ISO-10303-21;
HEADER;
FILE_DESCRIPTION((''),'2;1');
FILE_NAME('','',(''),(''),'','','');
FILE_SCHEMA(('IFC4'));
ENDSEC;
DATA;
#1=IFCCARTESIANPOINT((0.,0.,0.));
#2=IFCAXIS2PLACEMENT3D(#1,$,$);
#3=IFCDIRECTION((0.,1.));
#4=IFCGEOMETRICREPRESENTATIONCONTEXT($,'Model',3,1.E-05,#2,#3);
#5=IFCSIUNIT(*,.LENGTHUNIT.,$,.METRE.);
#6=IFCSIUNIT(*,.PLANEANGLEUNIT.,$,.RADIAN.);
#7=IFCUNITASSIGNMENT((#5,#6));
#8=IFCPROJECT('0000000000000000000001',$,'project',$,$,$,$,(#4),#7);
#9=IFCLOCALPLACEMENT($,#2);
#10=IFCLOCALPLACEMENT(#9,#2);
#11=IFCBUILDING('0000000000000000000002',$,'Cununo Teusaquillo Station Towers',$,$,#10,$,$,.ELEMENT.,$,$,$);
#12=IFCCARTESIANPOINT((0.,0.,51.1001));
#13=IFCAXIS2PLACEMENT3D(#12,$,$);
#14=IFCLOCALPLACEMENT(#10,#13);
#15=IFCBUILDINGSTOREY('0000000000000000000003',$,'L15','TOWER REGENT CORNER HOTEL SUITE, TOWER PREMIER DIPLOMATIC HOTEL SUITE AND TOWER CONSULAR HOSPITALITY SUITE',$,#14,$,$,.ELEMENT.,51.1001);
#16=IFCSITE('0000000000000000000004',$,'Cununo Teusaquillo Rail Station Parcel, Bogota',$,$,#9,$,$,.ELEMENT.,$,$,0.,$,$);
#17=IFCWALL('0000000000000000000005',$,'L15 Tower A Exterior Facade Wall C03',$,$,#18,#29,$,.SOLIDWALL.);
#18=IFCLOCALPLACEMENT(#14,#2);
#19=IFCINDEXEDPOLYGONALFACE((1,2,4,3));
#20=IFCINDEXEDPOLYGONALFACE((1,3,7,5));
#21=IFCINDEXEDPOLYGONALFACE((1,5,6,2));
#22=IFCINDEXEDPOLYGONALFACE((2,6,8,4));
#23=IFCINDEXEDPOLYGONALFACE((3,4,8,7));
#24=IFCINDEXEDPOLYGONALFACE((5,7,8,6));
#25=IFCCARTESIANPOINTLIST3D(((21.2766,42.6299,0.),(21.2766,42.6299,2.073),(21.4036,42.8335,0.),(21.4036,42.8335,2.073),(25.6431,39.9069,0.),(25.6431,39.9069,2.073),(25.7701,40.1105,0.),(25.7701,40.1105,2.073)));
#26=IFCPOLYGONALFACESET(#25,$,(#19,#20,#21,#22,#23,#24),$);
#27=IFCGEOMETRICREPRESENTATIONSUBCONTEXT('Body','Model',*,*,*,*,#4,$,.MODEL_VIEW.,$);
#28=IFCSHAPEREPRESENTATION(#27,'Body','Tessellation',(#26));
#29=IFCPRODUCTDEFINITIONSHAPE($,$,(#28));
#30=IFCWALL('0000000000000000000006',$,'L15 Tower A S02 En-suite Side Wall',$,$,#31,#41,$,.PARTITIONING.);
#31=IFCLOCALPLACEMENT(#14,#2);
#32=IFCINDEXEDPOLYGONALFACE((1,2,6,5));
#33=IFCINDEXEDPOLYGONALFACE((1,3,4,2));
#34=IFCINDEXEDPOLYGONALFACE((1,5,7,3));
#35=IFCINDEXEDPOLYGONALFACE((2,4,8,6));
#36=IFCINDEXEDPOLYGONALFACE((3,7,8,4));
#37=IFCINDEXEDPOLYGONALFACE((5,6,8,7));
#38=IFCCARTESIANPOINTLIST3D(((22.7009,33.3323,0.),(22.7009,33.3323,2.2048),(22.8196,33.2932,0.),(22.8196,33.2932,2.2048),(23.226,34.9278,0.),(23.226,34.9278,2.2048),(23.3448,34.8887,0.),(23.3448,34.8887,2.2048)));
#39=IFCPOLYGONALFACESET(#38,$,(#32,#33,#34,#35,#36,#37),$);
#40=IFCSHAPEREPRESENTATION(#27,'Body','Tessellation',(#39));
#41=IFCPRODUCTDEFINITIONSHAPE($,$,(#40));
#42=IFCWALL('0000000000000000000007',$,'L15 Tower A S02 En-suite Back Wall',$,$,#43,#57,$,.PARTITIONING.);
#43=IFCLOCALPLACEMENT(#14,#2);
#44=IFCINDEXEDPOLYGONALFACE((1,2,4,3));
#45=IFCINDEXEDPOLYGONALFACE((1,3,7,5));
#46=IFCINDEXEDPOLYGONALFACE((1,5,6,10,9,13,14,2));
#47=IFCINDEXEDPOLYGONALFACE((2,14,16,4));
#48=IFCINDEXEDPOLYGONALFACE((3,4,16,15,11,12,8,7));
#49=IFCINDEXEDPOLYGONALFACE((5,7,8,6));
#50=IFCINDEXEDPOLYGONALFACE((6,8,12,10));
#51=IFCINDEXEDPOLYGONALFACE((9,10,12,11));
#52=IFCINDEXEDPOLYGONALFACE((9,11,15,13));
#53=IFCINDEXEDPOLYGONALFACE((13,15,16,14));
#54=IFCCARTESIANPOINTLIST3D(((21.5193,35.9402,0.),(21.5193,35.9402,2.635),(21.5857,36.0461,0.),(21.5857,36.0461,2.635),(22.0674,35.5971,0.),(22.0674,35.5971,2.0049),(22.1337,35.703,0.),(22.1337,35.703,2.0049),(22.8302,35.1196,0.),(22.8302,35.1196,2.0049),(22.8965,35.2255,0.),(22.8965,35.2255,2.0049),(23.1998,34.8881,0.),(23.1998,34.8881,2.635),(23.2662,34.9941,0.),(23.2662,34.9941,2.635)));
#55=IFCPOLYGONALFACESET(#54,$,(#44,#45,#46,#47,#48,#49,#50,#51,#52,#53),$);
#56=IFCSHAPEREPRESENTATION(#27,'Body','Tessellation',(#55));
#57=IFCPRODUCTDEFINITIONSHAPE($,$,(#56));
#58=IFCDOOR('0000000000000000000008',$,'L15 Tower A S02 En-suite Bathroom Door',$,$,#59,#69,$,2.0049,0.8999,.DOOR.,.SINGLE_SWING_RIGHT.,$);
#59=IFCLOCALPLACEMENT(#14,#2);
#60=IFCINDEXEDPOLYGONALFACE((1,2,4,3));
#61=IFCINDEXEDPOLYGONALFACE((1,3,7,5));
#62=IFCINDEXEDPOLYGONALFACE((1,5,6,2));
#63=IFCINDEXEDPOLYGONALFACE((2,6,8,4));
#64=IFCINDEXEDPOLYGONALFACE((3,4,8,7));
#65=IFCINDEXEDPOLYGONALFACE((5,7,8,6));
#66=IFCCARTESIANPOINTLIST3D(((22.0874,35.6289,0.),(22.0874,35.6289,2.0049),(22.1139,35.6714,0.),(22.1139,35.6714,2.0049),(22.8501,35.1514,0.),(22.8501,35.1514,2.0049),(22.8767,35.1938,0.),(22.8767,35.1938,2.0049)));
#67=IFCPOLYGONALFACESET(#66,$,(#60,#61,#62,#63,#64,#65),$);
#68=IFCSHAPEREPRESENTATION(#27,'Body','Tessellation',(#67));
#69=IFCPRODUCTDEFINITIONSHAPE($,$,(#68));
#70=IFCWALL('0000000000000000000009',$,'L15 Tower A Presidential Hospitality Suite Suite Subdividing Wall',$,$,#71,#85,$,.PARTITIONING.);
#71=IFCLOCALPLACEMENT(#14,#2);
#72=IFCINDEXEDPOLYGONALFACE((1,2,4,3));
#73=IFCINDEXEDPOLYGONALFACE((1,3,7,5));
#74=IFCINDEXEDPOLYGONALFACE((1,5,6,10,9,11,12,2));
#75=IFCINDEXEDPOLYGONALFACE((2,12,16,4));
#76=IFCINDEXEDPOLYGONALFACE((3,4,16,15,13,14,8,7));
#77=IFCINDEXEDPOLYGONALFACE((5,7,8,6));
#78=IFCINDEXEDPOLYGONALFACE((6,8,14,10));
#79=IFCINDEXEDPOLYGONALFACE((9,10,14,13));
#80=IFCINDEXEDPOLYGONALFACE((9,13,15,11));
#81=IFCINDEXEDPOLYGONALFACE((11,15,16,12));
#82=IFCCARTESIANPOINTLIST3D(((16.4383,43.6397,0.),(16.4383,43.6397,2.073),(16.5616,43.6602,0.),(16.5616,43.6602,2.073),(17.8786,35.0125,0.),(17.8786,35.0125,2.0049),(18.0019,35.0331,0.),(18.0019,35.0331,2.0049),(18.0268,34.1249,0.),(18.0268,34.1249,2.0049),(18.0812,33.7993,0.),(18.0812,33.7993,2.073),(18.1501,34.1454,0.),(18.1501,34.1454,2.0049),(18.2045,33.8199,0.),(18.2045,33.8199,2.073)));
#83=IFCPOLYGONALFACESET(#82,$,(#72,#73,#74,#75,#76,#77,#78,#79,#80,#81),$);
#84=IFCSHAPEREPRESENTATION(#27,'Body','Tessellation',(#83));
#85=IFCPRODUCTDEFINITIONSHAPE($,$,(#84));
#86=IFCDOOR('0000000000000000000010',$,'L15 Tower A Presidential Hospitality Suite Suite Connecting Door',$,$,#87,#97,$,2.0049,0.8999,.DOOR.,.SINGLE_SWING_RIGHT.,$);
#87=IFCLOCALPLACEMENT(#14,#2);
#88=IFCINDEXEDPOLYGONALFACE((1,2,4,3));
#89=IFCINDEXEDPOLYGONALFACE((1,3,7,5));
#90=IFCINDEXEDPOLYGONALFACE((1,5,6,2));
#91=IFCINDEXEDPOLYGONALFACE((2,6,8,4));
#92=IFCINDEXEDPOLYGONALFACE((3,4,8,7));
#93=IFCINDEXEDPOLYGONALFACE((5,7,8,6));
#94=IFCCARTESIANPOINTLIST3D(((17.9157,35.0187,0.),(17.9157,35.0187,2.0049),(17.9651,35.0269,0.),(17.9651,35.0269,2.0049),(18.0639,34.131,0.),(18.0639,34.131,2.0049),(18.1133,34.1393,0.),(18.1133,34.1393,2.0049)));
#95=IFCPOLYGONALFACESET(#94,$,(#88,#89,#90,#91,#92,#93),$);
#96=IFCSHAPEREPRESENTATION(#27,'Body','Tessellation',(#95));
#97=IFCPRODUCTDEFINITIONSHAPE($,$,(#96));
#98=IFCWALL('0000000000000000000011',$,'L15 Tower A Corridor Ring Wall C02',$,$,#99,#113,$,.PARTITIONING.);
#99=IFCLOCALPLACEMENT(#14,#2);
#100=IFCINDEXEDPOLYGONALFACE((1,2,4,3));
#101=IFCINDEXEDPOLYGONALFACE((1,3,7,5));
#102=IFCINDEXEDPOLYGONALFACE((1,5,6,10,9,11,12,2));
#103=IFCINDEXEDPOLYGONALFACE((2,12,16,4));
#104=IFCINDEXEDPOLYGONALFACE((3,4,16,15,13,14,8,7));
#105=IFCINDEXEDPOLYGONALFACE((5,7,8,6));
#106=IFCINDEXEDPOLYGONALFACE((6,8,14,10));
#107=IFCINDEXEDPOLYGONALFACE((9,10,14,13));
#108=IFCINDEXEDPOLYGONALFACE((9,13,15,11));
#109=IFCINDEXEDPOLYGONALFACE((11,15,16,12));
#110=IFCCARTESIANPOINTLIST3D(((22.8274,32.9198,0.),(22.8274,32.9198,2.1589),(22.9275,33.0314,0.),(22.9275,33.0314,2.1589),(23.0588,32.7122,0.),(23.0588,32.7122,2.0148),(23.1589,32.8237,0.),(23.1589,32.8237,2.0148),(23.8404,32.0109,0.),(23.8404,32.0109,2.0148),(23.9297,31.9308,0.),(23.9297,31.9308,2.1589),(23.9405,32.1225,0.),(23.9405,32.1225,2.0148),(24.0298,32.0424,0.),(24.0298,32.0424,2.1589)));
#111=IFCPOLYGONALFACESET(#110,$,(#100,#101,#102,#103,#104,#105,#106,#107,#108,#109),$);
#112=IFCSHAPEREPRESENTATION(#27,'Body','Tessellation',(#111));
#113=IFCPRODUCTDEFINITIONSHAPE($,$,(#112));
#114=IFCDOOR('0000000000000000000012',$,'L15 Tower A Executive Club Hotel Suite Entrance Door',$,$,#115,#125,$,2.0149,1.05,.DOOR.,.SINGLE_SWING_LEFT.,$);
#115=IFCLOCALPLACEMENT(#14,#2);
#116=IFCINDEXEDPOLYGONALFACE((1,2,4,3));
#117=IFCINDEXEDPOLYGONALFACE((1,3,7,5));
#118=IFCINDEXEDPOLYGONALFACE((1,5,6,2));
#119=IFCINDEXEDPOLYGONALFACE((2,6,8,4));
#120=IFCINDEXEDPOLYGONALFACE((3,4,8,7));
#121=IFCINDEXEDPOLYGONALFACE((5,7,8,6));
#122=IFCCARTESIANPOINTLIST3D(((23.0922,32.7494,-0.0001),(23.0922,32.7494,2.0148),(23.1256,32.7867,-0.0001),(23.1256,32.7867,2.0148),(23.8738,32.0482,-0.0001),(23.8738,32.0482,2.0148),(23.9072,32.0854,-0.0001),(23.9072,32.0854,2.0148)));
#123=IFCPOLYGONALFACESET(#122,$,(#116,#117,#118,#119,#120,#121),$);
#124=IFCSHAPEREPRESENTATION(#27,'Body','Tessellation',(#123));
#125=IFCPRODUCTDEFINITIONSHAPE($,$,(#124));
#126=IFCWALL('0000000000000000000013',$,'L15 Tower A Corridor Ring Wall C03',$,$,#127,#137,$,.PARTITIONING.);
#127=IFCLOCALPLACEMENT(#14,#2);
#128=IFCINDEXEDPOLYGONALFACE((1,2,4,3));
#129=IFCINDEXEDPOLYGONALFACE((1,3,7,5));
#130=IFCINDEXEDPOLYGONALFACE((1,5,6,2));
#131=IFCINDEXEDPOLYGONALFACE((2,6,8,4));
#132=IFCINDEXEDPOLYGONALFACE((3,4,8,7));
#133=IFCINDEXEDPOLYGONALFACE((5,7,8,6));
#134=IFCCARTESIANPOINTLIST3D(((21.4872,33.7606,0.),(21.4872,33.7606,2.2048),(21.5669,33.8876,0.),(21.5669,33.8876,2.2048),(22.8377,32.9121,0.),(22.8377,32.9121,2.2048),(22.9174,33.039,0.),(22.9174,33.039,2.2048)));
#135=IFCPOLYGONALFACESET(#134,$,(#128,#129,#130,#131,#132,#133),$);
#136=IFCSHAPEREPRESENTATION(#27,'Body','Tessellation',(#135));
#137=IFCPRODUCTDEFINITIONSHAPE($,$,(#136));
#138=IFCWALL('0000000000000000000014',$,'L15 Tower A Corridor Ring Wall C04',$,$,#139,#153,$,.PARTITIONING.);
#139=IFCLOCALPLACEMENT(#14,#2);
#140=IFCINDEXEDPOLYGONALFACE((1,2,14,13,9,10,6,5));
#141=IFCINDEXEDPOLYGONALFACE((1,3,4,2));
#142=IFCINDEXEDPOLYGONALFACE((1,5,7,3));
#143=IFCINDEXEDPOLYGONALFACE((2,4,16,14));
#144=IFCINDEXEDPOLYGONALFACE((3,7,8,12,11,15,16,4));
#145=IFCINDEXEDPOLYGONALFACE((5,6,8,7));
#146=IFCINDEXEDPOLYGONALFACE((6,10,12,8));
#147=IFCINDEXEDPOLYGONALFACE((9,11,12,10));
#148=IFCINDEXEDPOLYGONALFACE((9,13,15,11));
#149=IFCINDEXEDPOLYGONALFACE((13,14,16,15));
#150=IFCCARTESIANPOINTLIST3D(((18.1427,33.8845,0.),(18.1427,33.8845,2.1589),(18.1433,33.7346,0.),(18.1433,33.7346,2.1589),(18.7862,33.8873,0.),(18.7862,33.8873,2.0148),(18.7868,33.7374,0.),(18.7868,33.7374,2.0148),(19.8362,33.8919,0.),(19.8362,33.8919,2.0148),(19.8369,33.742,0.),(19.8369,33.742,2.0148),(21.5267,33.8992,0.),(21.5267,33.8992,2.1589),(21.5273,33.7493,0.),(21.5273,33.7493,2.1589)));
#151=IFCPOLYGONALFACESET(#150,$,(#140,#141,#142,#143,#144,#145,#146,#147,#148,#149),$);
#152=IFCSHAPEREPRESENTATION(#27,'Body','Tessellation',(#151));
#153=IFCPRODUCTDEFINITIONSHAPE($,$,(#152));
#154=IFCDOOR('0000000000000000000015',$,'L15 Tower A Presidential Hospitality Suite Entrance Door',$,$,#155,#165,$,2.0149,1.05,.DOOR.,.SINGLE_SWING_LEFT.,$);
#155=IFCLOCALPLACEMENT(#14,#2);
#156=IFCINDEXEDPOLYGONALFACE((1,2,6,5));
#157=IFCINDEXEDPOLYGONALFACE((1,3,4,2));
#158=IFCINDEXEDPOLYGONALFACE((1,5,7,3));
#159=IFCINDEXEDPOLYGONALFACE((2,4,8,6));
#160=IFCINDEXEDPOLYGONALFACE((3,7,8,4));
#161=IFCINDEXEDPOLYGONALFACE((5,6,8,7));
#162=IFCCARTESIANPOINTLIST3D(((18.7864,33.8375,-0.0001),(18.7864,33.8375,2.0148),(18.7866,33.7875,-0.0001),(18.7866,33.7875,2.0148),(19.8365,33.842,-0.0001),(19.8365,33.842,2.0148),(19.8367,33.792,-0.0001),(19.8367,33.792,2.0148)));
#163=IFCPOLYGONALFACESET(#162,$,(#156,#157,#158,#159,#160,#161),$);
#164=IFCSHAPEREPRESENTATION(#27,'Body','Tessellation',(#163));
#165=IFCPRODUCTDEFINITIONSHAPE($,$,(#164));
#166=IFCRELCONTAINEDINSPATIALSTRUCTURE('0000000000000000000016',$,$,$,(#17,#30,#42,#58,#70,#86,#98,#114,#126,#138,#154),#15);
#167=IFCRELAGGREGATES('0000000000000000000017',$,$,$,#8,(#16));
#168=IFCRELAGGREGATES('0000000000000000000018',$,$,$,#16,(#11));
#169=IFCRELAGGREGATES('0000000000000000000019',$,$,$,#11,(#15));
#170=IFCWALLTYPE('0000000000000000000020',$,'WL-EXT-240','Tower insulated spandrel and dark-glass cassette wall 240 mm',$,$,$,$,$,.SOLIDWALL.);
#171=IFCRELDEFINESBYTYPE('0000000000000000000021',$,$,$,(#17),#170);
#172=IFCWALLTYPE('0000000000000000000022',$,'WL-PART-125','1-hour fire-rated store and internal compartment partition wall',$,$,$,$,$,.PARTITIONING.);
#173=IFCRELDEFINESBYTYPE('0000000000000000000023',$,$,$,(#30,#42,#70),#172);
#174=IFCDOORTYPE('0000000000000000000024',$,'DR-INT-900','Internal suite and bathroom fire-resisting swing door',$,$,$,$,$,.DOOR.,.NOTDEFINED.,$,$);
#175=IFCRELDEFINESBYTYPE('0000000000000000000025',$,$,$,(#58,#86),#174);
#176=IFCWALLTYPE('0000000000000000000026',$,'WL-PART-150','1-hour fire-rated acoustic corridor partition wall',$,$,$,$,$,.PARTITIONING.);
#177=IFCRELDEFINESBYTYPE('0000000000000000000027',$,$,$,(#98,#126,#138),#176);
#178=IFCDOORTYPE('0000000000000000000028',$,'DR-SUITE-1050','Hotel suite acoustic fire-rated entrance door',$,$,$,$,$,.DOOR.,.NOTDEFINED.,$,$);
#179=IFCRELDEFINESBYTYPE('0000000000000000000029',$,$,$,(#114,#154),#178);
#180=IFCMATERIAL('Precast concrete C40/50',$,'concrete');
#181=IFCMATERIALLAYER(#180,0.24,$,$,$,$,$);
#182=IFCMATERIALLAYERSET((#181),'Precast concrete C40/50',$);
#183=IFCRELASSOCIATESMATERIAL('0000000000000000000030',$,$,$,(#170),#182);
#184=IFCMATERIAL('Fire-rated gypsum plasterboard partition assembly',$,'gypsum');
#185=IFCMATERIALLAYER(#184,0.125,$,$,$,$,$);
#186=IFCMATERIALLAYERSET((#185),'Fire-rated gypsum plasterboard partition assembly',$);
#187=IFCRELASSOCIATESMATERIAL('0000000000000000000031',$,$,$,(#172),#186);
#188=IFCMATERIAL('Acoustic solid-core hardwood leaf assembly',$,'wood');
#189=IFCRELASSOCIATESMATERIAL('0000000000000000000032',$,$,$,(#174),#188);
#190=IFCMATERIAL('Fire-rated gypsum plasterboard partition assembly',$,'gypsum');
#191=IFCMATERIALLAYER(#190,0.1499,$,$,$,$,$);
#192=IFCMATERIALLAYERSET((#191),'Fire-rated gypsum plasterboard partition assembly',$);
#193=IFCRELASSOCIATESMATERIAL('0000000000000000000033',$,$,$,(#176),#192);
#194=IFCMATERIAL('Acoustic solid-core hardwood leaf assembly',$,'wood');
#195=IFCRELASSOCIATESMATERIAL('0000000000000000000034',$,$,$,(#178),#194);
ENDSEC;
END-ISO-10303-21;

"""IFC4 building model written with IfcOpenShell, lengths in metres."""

from ifc_helpers import new_model, si_unit, direction, frame, frame_2d, origin, place, context, subcontext, project, spatial, rectangle, extrude, source, transform, mapped, material, layer, layer_set, type_object, element, fill, save


model = new_model("IFC4")

# Units and contexts
model_context = context("Model", 3, precision=1e-05, world=origin(), true_north=direction((0.0, 1.0)))
body_context = subcontext(model_context, "Body", "Model", "MODEL_VIEW")
ifc_project = project(units=[si_unit("LENGTHUNIT", "METRE"), si_unit("PLANEANGLEUNIT", "RADIAN")], contexts=[model_context])

# Site, building, storey
site_placement = place(None, origin())
site = spatial("IfcSite", under=ifc_project, at=site_placement, Name="Cununo Teusaquillo Rail Station Parcel, Bogota", CompositionType="ELEMENT", RefElevation=0.0)
building_placement = place(site_placement, origin())
building = spatial("IfcBuilding", under=site, at=building_placement, Name="Cununo Teusaquillo Station Towers", CompositionType="ELEMENT")
storey_placement = place(building_placement, frame((0.0, 0.0, 51.1001)))
storey = spatial("IfcBuildingStorey", under=building, at=storey_placement, Name="L15", Description="TOWER REGENT CORNER HOTEL SUITE, TOWER PREMIER DIPLOMATIC HOTEL SUITE AND TOWER CONSULAR HOSPITALITY SUITE", CompositionType="ELEMENT", Elevation=51.1001)

# Shared definitions
ifc_material_1 = material(Name="Precast concrete C40/50", Category="concrete")
ifc_layer_1 = layer(ifc_material_1, 0.24)
ifc_layer_set_1 = layer_set([ifc_layer_1], Name="Precast concrete C40/50")
wall_type_1 = type_object("IfcWallType", Name="WL-EXT-240", Description="Tower insulated spandrel and dark-glass cassette wall 240 mm", PredefinedType="SOLIDWALL", material=ifc_layer_set_1)

# Walls
wall_1_placement = place(storey_placement, frame((21.3401, 42.7317, 0.0), z_axis=(0.0, 0.0, 1.0), x_axis=(0.848534, -0.529141, 0.0)))
element("IfcWall", 1, at=wall_1_placement, inside=storey, type_object=wall_type_1, Name="L15 Tower A Exterior Facade Wall C03", PredefinedType="SOLIDWALL", context=body_context, shape_type="SweptSolid", body=[
    extrude(rectangle(XDim=5.146, YDim=0.24, at=frame_2d((2.573, 0.0))), origin(), (0.0, 0.0, 1.0), 2.073),
])
ifc_material_2 = material(Name="Fire-rated gypsum plasterboard partition assembly", Category="gypsum")
ifc_layer_2 = layer(ifc_material_2, 0.125)
ifc_layer_set_2 = layer_set([ifc_layer_2], Name="Fire-rated gypsum plasterboard partition assembly")
wall_type_2 = type_object("IfcWallType", Name="WL-PART-125", Description="1-hour fire-rated store and internal compartment partition wall", PredefinedType="PARTITIONING", material=ifc_layer_set_2)
wall_2_placement = place(storey_placement, frame((22.7603, 33.3127, 0.0), z_axis=(0.0, 0.0, 1.0), x_axis=(0.31265, 0.949868, 0.0)))
element("IfcWall", 2, at=wall_2_placement, inside=storey, type_object=wall_type_2, Name="L15 Tower A S02 En-suite Side Wall", PredefinedType="PARTITIONING", context=body_context, shape_type="SweptSolid", body=[
    extrude(rectangle(XDim=1.6797, YDim=0.125, at=frame_2d((0.8398, 0.0))), origin(), (0.0, 0.0, 1.0), 2.2048),
])

# Walls, openings, doors
wall_3_placement = place(storey_placement, frame((23.2329, 34.9412, 0.0), z_axis=(0.0, 0.0, 1.0), x_axis=(-0.847604, 0.53063, 0.0)))
wall_3 = element("IfcWall", 3, at=wall_3_placement, inside=storey, type_object=wall_type_2, Name="L15 Tower A S02 En-suite Back Wall", PredefinedType="PARTITIONING", context=body_context, shape_type="SweptSolid", body=[
    extrude(rectangle(XDim=1.9827, YDim=0.125, at=frame_2d((0.9912, 0.0))), origin(), (0.0, 0.0, 1.0), 2.635),
])
shared_shape_1 = source(origin(), body_context, "Body", "SweptSolid", [
    extrude(rectangle(XDim=0.8999, YDim=2.0049, at=frame_2d((0.45, 1.0024))), frame((0.0, 0.0725, 0.0), z_axis=(0.0, -1.0, 0.0), x_axis=(1.0, 0.0, 0.0)), (0.0, 0.0, 1.0), 0.145),
])
opening_1_placement = place(wall_3_placement, frame((0.436, 0.0, 0.0)))
opening_1 = element("IfcOpeningElement", 4, at=opening_1_placement, cuts=wall_3, PredefinedType="OPENING", context=body_context, shape_type="MappedRepresentation", body=[
    mapped(shared_shape_1, transform((0.0, 0.0, 0.0), x_axis=(1.0, 0.0, 0.0), y_axis=(0.0, 1.0, 0.0), z_axis=(0.0, 0.0, 1.0), scale=1.0)),
])
ifc_material_3 = material(Name="Acoustic solid-core hardwood leaf assembly", Category="wood")
door_type_1 = type_object("IfcDoorType", Name="DR-INT-900", Description="Internal suite and bathroom fire-resisting swing door", OperationType="NOTDEFINED", PredefinedType="DOOR", material=ifc_material_3)
shared_shape_2 = source(origin(), body_context, "Body", "SweptSolid", [
    extrude(rectangle(XDim=0.8999, YDim=2.0049, at=frame_2d((0.45, 1.0024))), frame((0.0, 0.0249, 0.0), z_axis=(0.0, -1.0, 0.0), x_axis=(1.0, 0.0, 0.0)), (0.0, 0.0, 1.0), 0.05),
])
door_1_placement = place(opening_1_placement, origin())
door_1 = element("IfcDoor", 5, at=door_1_placement, inside=storey, type_object=door_type_1, Name="L15 Tower A S02 En-suite Bathroom Door", OperationType="SINGLE_SWING_RIGHT", OverallHeight=2.0049, OverallWidth=0.8999, PredefinedType="DOOR", context=body_context, shape_type="MappedRepresentation", body=[
    mapped(shared_shape_2, transform((0.0, 0.0, 0.0), x_axis=(1.0, 0.0, 0.0), y_axis=(0.0, 1.0, 0.0), z_axis=(0.0, 0.0, 1.0), scale=1.0)),
])
fill(opening_1, door_1)
wall_4_placement = place(storey_placement, frame((18.1428, 33.8096, 0.0), z_axis=(0.0, 0.0, 1.0), x_axis=(-0.164669, 0.986349, 0.0)))
wall_4 = element("IfcWall", 6, at=wall_4_placement, inside=storey, type_object=wall_type_2, Name="L15 Tower A Presidential Hospitality Suite Suite Subdividing Wall", PredefinedType="PARTITIONING", context=body_context, shape_type="SweptSolid", body=[
    extrude(rectangle(XDim=9.9766, YDim=0.125, at=frame_2d((4.9883, 0.0))), origin(), (0.0, 0.0, 1.0), 2.073),
])
opening_2_placement = place(wall_4_placement, frame((0.3301, 0.0, 0.0)))
opening_2 = element("IfcOpeningElement", 7, at=opening_2_placement, cuts=wall_4, PredefinedType="OPENING", context=body_context, shape_type="MappedRepresentation", body=[
    mapped(shared_shape_1, transform((0.0, 0.0, 0.0), x_axis=(1.0, 0.0, 0.0), y_axis=(0.0, 1.0, 0.0), z_axis=(0.0, 0.0, 1.0), scale=1.0)),
])
door_2_placement = place(opening_2_placement, origin())
door_2 = element("IfcDoor", 8, at=door_2_placement, inside=storey, type_object=door_type_1, Name="L15 Tower A Presidential Hospitality Suite Suite Connecting Door", OperationType="SINGLE_SWING_RIGHT", OverallHeight=2.0049, OverallWidth=0.8999, PredefinedType="DOOR", context=body_context, shape_type="MappedRepresentation", body=[
    mapped(shared_shape_2, transform((0.0, 0.0, 0.0), x_axis=(1.0, 0.0, 0.0), y_axis=(0.0, 1.0, 0.0), z_axis=(0.0, 0.0, 1.0), scale=1.0)),
])
fill(opening_2, door_2)
ifc_material_4 = material(Name="Fire-rated gypsum plasterboard partition assembly", Category="gypsum")
ifc_layer_3 = layer(ifc_material_4, 0.1499)
ifc_layer_set_3 = layer_set([ifc_layer_3], Name="Fire-rated gypsum plasterboard partition assembly")
wall_type_3 = type_object("IfcWallType", Name="WL-PART-150", Description="1-hour fire-rated acoustic corridor partition wall", PredefinedType="PARTITIONING", material=ifc_layer_set_3)
wall_5_placement = place(storey_placement, frame((23.9797, 31.9866, 0.0), z_axis=(0.0, 0.0, 1.0), x_axis=(-0.744318, 0.667825, 0.0)))
wall_5 = element("IfcWall", 9, at=wall_5_placement, inside=storey, type_object=wall_type_3, Name="L15 Tower A Corridor Ring Wall C02", PredefinedType="PARTITIONING", context=body_context, shape_type="SweptSolid", body=[
    extrude(rectangle(XDim=1.481, YDim=0.1499, at=frame_2d((0.7405, 0.0))), origin(), (0.0, 0.0, 1.0), 2.1589),
])
shared_shape_3 = source(origin(), body_context, "Body", "SweptSolid", [
    extrude(rectangle(XDim=1.05, YDim=2.0149, at=frame_2d((0.5249, 1.0073))), frame((0.0, 0.085, 0.0), z_axis=(0.0, -1.0, 0.0), x_axis=(1.0, 0.0, 0.0)), (0.0, 0.0, 1.0), 0.1699),
])
opening_3_placement = place(wall_5_placement, frame((0.1201, 0.0, 0.0)))
opening_3 = element("IfcOpeningElement", 10, at=opening_3_placement, cuts=wall_5, PredefinedType="OPENING", context=body_context, shape_type="MappedRepresentation", body=[
    mapped(shared_shape_3, transform((0.0, 0.0, 0.0), x_axis=(1.0, 0.0, 0.0), y_axis=(0.0, 1.0, 0.0), z_axis=(0.0, 0.0, 1.0), scale=1.0)),
])
ifc_material_5 = material(Name="Acoustic solid-core hardwood leaf assembly", Category="wood")
door_type_2 = type_object("IfcDoorType", Name="DR-SUITE-1050", Description="Hotel suite acoustic fire-rated entrance door", OperationType="NOTDEFINED", PredefinedType="DOOR", material=ifc_material_5)
shared_shape_4 = source(origin(), body_context, "Body", "SweptSolid", [
    extrude(rectangle(XDim=1.05, YDim=2.0149, at=frame_2d((0.5249, 1.0073))), frame((0.0, 0.0249, 0.0), z_axis=(0.0, -1.0, 0.0), x_axis=(1.0, 0.0, 0.0)), (0.0, 0.0, 1.0), 0.05),
])
door_3_placement = place(opening_3_placement, origin())
door_3 = element("IfcDoor", 11, at=door_3_placement, inside=storey, type_object=door_type_2, Name="L15 Tower A Executive Club Hotel Suite Entrance Door", OperationType="SINGLE_SWING_LEFT", OverallHeight=2.0149, OverallWidth=1.05, PredefinedType="DOOR", context=body_context, shape_type="MappedRepresentation", body=[
    mapped(shared_shape_4, transform((0.0, 0.0, 0.0), x_axis=(1.0, 0.0, 0.0), y_axis=(0.0, 1.0, 0.0), z_axis=(0.0, 0.0, 1.0), scale=1.0)),
])
fill(opening_3, door_3)

# Wall
wall_6_placement = place(storey_placement, frame((22.8774, 32.9756, 0.0), z_axis=(0.0, 0.0, 1.0), x_axis=(-0.846723, 0.532034, 0.0)))
element("IfcWall", 12, at=wall_6_placement, inside=storey, type_object=wall_type_3, Name="L15 Tower A Corridor Ring Wall C03", PredefinedType="PARTITIONING", context=body_context, shape_type="SweptSolid", body=[
    extrude(rectangle(XDim=1.595, YDim=0.1499, at=frame_2d((0.7974, 0.0))), origin(), (0.0, 0.0, 1.0), 2.2048),
])

# Wall, opening, door
wall_7_placement = place(storey_placement, frame((21.5269, 33.8242, 0.0), z_axis=(0.0, 0.0, 1.0), x_axis=(-0.999991, -0.004329, 0.0)))
wall_7 = element("IfcWall", 13, at=wall_7_placement, inside=storey, type_object=wall_type_3, Name="L15 Tower A Corridor Ring Wall C04", PredefinedType="PARTITIONING", context=body_context, shape_type="SweptSolid", body=[
    extrude(rectangle(XDim=3.384, YDim=0.1499, at=frame_2d((1.6919, 0.0))), origin(), (0.0, 0.0, 1.0), 2.1589),
])
opening_4_placement = place(wall_7_placement, frame((1.6904, 0.0, 0.0)))
opening_4 = element("IfcOpeningElement", 14, at=opening_4_placement, cuts=wall_7, PredefinedType="OPENING", context=body_context, shape_type="MappedRepresentation", body=[
    mapped(shared_shape_3, transform((0.0, 0.0, 0.0), x_axis=(1.0, 0.0, 0.0), y_axis=(0.0, 1.0, 0.0), z_axis=(0.0, 0.0, 1.0), scale=1.0)),
])
door_4_placement = place(opening_4_placement, origin())
door_4 = element("IfcDoor", 15, at=door_4_placement, inside=storey, type_object=door_type_2, Name="L15 Tower A Presidential Hospitality Suite Entrance Door", OperationType="SINGLE_SWING_LEFT", OverallHeight=2.0149, OverallWidth=1.05, PredefinedType="DOOR", context=body_context, shape_type="MappedRepresentation", body=[
    mapped(shared_shape_4, transform((0.0, 0.0, 0.0), x_axis=(1.0, 0.0, 0.0), y_axis=(0.0, 1.0, 0.0), z_axis=(0.0, 0.0, 1.0), scale=1.0)),
])
fill(opening_4, door_4)

save(model, "model.ifc")
